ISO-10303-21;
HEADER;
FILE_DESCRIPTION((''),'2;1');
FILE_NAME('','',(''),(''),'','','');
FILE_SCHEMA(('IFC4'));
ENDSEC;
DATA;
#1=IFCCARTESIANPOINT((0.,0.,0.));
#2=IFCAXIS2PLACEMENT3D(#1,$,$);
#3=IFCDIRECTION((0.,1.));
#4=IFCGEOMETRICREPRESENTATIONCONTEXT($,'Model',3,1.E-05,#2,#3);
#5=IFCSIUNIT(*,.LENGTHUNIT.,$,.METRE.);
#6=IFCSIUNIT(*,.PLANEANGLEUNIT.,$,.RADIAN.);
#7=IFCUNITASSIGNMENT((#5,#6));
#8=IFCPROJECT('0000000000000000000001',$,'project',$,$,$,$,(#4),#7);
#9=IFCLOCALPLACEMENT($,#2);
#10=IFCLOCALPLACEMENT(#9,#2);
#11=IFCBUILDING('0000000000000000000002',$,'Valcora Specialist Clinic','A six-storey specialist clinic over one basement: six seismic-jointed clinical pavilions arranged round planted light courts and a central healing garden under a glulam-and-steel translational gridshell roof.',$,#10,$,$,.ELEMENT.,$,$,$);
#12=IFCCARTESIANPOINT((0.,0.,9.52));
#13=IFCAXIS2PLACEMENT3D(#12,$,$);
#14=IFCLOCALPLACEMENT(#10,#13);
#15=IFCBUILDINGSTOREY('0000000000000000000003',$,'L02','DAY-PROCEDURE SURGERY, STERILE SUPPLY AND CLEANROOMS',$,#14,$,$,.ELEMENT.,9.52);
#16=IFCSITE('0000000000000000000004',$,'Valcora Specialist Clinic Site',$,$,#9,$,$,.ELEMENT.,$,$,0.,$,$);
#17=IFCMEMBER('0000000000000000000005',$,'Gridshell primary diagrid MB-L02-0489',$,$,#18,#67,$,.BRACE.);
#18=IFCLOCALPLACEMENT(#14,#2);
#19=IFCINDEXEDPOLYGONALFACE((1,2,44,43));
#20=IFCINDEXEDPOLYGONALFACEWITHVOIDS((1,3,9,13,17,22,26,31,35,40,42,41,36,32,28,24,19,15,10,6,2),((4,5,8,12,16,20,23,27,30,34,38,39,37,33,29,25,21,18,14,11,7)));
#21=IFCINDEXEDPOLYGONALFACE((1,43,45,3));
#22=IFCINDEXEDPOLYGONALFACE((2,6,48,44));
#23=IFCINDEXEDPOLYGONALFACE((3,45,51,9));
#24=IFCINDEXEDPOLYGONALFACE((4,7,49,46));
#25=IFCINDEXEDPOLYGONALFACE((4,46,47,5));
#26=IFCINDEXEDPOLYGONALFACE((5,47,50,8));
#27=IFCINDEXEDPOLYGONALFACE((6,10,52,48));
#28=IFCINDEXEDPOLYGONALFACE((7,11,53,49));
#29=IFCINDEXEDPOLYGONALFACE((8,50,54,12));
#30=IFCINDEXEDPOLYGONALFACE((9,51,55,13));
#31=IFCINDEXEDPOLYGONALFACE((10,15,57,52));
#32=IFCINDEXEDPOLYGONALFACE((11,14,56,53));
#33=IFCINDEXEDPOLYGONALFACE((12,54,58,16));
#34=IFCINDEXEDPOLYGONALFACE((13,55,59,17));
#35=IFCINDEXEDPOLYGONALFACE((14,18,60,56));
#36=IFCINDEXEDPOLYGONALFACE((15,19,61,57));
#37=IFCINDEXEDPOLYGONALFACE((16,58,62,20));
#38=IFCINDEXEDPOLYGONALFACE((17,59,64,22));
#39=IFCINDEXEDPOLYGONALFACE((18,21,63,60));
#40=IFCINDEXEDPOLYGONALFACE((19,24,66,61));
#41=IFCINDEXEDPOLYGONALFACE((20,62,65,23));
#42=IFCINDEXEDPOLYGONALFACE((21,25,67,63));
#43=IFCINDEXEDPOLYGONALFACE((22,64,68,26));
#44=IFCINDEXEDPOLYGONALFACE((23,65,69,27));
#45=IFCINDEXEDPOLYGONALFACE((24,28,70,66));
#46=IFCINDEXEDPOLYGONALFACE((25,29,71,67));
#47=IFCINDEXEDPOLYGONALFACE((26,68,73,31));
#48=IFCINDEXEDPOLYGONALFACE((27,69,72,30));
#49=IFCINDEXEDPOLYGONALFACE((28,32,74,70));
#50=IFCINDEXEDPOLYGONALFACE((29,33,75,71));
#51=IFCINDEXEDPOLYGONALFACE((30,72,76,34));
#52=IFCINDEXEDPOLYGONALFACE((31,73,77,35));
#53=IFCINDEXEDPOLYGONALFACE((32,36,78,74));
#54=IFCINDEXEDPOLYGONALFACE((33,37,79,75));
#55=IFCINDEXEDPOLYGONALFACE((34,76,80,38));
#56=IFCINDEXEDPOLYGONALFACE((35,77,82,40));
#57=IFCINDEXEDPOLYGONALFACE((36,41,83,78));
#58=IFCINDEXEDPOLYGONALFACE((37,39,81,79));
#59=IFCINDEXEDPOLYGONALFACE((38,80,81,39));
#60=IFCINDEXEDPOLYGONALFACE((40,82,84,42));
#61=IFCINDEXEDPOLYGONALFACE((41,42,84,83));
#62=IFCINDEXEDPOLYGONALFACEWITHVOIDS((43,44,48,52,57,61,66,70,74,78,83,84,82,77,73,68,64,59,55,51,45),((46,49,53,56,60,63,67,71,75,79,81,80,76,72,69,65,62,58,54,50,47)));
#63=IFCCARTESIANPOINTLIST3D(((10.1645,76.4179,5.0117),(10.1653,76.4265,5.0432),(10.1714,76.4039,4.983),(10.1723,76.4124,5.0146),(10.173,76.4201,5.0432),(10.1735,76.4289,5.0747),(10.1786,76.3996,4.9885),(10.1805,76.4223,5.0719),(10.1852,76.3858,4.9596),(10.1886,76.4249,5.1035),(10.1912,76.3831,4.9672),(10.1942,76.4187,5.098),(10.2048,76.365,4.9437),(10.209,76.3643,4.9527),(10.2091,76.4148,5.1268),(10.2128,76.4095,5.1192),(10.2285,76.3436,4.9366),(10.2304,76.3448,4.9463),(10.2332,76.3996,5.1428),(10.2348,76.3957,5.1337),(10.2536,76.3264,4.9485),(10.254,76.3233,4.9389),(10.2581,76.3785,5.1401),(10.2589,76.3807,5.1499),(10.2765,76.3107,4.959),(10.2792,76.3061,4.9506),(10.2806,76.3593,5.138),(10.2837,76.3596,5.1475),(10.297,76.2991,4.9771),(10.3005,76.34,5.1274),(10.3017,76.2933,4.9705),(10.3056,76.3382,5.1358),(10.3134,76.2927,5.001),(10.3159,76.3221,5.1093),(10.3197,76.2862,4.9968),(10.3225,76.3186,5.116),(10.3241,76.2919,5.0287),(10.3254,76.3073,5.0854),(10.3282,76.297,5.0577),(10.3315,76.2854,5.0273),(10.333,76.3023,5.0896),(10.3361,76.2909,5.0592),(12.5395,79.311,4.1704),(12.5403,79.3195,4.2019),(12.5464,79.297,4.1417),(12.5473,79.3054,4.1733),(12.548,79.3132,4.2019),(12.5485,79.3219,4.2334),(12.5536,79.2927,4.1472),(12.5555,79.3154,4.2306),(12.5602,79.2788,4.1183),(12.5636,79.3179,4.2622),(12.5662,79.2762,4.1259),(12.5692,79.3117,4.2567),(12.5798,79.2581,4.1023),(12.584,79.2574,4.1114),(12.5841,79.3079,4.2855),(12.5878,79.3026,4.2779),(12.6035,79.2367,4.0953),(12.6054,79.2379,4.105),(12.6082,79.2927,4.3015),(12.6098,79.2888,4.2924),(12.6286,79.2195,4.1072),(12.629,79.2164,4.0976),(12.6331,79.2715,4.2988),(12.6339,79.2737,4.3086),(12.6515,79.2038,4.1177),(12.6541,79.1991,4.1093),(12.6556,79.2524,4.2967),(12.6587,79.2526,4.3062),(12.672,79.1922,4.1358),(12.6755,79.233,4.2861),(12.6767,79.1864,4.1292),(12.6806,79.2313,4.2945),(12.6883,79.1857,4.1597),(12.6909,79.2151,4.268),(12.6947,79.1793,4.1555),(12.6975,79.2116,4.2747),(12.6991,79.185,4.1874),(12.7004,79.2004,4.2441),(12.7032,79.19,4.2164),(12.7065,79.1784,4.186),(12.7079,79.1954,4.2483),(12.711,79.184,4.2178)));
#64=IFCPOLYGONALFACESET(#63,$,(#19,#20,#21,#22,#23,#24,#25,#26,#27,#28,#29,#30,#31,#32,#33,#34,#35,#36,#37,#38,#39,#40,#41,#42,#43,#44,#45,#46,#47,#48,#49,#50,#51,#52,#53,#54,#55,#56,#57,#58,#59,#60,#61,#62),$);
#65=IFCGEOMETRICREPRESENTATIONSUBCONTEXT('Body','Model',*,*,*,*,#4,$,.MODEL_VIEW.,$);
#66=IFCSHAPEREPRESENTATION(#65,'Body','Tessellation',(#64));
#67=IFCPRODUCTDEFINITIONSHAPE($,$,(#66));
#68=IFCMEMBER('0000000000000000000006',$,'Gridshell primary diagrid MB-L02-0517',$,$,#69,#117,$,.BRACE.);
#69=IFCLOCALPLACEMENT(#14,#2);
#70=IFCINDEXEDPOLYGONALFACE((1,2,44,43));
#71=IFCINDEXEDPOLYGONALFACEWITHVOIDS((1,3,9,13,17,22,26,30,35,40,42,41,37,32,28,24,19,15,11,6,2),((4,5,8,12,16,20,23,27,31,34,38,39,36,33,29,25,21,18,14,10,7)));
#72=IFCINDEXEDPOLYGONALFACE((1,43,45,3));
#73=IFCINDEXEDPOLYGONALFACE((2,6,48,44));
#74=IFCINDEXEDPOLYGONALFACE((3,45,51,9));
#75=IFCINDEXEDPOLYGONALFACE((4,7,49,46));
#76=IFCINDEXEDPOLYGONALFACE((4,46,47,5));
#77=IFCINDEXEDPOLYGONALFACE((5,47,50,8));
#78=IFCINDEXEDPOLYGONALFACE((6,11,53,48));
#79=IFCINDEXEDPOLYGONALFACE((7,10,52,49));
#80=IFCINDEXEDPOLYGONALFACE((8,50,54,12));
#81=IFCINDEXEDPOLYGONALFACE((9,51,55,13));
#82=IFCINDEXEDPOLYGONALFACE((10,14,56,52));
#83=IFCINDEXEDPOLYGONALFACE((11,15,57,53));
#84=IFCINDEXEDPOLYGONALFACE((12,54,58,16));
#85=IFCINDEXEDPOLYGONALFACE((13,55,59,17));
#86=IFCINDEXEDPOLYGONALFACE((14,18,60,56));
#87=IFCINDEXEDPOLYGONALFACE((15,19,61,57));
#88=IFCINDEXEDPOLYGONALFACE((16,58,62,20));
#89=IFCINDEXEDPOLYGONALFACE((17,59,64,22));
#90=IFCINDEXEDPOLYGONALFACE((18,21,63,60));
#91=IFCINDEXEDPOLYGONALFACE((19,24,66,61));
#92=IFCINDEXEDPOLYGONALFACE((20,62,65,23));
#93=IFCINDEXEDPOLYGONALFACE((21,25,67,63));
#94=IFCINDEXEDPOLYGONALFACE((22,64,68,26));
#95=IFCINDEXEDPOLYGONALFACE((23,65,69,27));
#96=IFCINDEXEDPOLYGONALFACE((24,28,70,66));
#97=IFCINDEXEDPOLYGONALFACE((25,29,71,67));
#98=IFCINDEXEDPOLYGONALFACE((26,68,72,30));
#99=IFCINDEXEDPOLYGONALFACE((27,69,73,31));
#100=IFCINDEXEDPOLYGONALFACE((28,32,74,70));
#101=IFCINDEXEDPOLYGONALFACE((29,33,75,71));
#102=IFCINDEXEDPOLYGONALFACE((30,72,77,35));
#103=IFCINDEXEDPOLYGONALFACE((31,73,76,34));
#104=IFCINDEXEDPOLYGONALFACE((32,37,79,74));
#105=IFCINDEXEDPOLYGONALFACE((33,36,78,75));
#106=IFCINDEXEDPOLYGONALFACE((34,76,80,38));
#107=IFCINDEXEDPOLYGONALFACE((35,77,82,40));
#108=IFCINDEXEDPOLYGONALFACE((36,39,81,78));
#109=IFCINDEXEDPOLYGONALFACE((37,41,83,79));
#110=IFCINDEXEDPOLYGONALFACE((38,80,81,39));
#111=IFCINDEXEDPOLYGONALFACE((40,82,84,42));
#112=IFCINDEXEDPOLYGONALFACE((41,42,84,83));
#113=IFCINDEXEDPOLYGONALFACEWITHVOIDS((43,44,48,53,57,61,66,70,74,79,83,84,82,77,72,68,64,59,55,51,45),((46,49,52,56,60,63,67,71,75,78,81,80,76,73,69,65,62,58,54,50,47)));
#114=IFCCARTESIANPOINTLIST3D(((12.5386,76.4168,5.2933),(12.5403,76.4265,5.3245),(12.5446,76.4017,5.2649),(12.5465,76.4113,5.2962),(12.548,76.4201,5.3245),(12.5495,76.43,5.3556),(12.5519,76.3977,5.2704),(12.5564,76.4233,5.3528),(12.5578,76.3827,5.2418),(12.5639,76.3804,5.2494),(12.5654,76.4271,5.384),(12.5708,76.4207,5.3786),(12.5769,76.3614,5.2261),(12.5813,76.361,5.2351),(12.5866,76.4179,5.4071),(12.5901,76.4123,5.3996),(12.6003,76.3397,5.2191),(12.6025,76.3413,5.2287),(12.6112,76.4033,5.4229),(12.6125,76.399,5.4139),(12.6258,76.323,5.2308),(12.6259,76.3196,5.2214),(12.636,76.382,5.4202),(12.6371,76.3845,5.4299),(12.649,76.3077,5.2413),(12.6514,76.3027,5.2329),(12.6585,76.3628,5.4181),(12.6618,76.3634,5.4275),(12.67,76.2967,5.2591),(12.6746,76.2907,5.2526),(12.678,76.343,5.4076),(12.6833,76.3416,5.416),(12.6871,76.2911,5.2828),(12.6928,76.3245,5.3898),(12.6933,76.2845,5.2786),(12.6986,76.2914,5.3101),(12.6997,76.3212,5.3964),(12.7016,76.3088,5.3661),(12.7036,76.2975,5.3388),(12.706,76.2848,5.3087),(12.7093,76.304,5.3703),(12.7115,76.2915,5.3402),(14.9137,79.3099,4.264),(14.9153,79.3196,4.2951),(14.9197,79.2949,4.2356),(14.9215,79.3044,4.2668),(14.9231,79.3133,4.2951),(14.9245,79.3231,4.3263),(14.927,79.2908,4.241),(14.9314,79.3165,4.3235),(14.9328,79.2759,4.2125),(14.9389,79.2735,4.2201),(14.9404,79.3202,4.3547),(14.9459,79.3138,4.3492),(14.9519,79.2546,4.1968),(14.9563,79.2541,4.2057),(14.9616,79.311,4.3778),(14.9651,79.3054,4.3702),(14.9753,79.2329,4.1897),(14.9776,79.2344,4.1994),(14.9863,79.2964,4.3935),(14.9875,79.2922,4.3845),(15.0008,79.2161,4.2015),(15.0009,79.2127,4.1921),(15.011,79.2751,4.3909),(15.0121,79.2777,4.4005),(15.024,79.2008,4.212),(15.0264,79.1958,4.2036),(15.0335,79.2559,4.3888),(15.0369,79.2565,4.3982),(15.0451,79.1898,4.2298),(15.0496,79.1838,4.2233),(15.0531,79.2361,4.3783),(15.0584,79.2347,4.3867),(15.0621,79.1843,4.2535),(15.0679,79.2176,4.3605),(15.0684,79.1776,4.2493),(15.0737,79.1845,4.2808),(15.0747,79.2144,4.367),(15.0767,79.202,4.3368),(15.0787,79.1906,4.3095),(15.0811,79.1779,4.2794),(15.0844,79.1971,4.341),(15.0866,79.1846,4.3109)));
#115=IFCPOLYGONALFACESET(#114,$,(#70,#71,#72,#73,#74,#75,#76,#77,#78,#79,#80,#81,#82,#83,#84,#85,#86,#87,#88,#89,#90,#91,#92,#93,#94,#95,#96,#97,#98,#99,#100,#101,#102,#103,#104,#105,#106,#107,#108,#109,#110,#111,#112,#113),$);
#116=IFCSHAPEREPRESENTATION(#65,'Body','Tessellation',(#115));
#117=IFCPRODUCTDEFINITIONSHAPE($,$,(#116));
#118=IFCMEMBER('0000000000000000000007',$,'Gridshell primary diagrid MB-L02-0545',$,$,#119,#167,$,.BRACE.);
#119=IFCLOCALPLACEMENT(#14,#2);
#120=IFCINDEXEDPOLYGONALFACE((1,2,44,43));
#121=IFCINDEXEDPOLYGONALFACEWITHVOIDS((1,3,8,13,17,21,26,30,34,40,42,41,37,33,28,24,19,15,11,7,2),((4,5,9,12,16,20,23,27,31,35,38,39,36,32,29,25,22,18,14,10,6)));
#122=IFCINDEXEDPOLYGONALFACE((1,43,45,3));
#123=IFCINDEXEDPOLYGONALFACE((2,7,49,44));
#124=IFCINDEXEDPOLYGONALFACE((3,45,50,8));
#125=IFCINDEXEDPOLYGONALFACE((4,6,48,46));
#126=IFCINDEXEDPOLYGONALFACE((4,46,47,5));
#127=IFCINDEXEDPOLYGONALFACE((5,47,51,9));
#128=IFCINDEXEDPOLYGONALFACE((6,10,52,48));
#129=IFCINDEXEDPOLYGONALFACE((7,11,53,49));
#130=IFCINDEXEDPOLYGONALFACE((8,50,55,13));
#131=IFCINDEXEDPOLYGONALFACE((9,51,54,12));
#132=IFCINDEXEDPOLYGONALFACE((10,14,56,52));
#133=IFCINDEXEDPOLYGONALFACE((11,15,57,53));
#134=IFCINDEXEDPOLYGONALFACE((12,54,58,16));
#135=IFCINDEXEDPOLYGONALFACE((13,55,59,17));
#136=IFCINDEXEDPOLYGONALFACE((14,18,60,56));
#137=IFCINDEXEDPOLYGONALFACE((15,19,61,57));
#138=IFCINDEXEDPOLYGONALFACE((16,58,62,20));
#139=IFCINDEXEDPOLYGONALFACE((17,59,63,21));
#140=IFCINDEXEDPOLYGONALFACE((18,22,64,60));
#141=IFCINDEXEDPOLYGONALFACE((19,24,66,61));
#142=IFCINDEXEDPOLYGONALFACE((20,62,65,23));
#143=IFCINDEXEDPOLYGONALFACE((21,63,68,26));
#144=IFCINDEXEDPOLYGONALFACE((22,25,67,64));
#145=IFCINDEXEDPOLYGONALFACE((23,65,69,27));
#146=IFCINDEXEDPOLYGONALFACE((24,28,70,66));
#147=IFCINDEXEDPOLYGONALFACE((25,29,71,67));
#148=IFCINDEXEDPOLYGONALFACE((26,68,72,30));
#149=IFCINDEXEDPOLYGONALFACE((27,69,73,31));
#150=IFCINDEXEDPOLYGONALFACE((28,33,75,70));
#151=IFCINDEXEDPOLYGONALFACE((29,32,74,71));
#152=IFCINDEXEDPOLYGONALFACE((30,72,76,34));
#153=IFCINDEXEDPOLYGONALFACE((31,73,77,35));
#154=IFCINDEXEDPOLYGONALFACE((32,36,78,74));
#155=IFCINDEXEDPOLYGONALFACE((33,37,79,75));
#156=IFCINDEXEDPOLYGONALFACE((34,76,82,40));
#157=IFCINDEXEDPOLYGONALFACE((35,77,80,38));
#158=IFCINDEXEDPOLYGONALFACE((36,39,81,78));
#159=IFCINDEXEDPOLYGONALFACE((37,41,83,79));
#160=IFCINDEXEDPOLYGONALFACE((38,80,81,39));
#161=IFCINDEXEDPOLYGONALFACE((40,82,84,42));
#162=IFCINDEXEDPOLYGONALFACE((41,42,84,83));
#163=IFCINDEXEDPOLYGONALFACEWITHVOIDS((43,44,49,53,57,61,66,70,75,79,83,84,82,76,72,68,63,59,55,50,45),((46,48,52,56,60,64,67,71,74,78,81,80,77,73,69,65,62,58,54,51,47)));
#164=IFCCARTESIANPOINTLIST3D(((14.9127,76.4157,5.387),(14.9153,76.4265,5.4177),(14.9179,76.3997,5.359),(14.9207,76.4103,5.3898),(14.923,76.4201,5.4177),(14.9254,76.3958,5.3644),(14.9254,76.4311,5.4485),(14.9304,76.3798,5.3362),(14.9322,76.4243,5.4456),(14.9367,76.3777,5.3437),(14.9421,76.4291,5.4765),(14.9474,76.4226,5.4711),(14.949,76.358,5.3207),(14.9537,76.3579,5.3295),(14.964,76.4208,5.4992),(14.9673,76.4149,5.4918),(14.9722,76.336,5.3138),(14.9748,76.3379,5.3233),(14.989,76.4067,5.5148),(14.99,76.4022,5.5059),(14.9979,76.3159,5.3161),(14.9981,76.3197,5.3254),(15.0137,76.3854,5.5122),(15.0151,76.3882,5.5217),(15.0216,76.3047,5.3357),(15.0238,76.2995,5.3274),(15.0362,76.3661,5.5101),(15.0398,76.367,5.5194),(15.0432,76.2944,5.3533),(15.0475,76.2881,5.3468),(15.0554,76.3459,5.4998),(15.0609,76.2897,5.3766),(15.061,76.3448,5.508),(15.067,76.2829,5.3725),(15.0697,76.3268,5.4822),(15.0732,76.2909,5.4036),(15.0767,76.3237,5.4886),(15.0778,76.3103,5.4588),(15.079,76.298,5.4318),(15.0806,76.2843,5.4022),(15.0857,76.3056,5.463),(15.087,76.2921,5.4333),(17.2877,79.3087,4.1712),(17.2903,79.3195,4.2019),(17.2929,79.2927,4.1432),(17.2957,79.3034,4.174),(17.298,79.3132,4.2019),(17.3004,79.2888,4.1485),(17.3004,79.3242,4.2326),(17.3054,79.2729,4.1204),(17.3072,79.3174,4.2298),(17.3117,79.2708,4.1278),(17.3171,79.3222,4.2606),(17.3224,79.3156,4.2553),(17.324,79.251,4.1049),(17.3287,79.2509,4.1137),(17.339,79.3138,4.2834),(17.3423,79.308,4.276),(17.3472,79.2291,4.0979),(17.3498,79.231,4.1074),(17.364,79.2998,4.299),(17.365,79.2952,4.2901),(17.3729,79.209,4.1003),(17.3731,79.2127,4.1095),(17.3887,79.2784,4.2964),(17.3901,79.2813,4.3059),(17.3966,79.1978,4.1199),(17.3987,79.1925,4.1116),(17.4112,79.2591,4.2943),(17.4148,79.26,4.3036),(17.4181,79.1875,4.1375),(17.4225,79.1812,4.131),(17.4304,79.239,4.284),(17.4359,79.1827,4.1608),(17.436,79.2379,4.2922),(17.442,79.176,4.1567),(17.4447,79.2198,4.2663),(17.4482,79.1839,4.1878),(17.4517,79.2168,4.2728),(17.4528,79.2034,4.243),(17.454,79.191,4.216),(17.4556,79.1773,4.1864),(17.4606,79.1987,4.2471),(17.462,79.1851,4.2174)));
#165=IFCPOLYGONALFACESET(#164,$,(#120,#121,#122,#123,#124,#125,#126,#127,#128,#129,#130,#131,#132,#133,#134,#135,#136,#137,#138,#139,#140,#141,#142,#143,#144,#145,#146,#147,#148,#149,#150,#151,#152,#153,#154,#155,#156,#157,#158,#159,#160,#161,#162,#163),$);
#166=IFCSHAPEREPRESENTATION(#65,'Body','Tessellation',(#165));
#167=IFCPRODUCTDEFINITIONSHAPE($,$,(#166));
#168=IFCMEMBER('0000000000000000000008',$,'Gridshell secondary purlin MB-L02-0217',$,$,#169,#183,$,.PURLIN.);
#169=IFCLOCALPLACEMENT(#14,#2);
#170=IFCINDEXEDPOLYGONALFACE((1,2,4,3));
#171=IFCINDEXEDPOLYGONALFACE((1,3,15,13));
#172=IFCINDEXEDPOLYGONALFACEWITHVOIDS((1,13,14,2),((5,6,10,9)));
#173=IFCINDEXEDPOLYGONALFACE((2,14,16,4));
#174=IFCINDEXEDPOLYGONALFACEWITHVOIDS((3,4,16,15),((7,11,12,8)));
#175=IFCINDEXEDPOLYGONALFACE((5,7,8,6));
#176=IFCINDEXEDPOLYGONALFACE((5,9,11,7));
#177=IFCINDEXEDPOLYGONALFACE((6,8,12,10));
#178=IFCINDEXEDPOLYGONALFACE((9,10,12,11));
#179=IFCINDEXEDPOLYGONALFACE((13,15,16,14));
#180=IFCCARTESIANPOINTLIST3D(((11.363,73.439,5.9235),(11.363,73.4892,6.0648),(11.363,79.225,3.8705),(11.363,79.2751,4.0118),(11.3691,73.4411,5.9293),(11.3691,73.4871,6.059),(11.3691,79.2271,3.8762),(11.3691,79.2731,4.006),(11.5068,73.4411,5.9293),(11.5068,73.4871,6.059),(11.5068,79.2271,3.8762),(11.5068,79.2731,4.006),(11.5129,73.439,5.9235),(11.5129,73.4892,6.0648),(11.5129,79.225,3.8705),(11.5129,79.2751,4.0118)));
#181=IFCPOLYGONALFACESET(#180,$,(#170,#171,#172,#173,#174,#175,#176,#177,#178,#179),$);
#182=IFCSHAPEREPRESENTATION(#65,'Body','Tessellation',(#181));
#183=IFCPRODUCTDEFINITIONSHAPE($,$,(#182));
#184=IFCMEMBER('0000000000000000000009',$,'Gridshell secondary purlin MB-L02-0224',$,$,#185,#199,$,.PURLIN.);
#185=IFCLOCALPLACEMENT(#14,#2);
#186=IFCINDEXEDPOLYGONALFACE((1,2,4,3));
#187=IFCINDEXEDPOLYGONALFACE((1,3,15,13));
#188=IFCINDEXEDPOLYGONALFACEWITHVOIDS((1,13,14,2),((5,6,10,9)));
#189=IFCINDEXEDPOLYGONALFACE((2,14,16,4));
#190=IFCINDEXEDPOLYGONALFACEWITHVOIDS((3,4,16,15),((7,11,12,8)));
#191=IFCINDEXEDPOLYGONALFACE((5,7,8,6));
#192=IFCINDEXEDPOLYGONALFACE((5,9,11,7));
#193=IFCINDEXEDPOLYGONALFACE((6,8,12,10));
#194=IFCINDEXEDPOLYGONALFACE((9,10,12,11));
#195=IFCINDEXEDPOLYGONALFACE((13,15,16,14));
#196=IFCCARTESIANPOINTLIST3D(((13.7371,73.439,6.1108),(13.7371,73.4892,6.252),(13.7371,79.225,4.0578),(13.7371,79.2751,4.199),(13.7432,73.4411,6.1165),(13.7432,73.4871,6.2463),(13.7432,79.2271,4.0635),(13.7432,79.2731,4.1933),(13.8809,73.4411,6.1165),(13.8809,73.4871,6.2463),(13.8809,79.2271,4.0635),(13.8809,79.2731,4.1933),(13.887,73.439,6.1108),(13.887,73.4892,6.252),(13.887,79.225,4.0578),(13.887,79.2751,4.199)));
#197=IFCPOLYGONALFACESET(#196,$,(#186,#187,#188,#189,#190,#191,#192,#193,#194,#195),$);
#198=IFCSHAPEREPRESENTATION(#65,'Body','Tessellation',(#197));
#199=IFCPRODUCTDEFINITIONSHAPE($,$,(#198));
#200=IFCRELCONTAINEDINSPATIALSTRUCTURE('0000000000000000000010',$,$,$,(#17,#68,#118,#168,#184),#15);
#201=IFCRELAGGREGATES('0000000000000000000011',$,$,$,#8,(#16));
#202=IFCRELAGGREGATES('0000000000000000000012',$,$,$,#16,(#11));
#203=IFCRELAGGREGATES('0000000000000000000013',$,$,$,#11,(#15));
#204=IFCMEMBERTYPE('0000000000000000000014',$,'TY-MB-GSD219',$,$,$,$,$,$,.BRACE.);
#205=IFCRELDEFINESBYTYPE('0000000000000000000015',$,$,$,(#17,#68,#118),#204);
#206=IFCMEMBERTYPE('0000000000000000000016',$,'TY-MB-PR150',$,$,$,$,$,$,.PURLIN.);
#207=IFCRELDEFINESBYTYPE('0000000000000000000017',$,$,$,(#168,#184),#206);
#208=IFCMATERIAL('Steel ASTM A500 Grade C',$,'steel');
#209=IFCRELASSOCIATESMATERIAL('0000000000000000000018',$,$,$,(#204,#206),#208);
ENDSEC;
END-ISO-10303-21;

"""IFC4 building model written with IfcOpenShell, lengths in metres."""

from ifc_helpers import new_model, si_unit, direction, frame, origin, origin_2d, place, context, subcontext, project, spatial, hollow_rectangle, hollow_circle, extrude, material, material_profile, profile_set, type_object, element, save


model = new_model("IFC4")

# Units and contexts
model_context = context("Model", 3, precision=1e-05, world=origin(), true_north=direction((0.0, 1.0)))
body_context = subcontext(model_context, "Body", "Model", "MODEL_VIEW")
ifc_project = project(units=[si_unit("LENGTHUNIT", "METRE"), si_unit("PLANEANGLEUNIT", "RADIAN")], contexts=[model_context])

# Site, building, storey
site_placement = place(None, origin())
site = spatial("IfcSite", under=ifc_project, at=site_placement, Name="Valcora Specialist Clinic Site", CompositionType="ELEMENT", RefElevation=0.0)
building_placement = place(site_placement, origin())
building = spatial("IfcBuilding", under=site, at=building_placement, Name="Valcora Specialist Clinic", Description="A six-storey specialist clinic over one basement: six seismic-jointed clinical pavilions arranged round planted light courts and a central healing garden under a glulam-and-steel translational gridshell roof.", CompositionType="ELEMENT")
storey_placement = place(building_placement, frame((0.0, 0.0, 9.52)))
storey = spatial("IfcBuildingStorey", under=building, at=storey_placement, Name="L02", Description="DAY-PROCEDURE SURGERY, STERILE SUPPLY AND CLEANROOMS", CompositionType="ELEMENT", Elevation=9.52)

# Members
ifc_material_1 = material(Name="Steel ASTM A500 Grade C", Category="steel")
ifc_material_profile_1 = material_profile(ifc_material_1, hollow_circle(Radius=0.1096, WallThickness=0.01, at=origin_2d()), Name="ST-CHS-219X10")
ifc_profile_set_1 = profile_set([ifc_material_profile_1], Name="Steel ASTM A500 Grade C")
member_type_1 = type_object("IfcMemberType", Name="TY-MB-GSD219", PredefinedType="BRACE", material=ifc_profile_set_1)
member_1_placement = place(storey_placement, frame((10.25, 76.3569, 5.0432), z_axis=(0.619064, 0.754102, -0.219294), x_axis=(-0.772916, 0.634508, 0.0)))
element("IfcMember", 1, at=member_1_placement, inside=storey, type_object=member_type_1, Name="Gridshell primary diagrid MB-L02-0489", PredefinedType="BRACE", context=body_context, shape_type="SweptSolid", body=[
    extrude(hollow_circle(Radius=0.1096, WallThickness=0.01, at=origin_2d()), origin(), (0.0, 0.0, 1.0), 3.8364),
])
member_2_placement = place(storey_placement, frame((12.625, 76.3569, 5.3245), z_axis=(0.611798, 0.745252, -0.265146), x_axis=(-0.772916, 0.634508, 0.0)))
element("IfcMember", 2, at=member_2_placement, inside=storey, type_object=member_type_1, Name="Gridshell primary diagrid MB-L02-0517", PredefinedType="BRACE", context=body_context, shape_type="SweptSolid", body=[
    extrude(hollow_circle(Radius=0.1096, WallThickness=0.01, at=origin_2d()), origin(), (0.0, 0.0, 1.0), 3.8821),
])
member_3_placement = place(storey_placement, frame((15.0, 76.3569, 5.4177), z_axis=(0.603471, 0.735108, -0.308932), x_axis=(-0.772916, 0.634508, 0.0)))
element("IfcMember", 3, at=member_3_placement, inside=storey, type_object=member_type_1, Name="Gridshell primary diagrid MB-L02-0545", PredefinedType="BRACE", context=body_context, shape_type="SweptSolid", body=[
    extrude(hollow_circle(Radius=0.1096, WallThickness=0.01, at=origin_2d()), origin(), (0.0, 0.0, 1.0), 3.9355),
])
ifc_material_profile_2 = material_profile(ifc_material_1, hollow_rectangle(XDim=0.1499, YDim=0.1499, WallThickness=0.0061, at=origin_2d()), Name="ST-RHS-150X150X6")
ifc_profile_set_2 = profile_set([ifc_material_profile_2], Name="Steel ASTM A500 Grade C")
member_type_2 = type_object("IfcMemberType", Name="TY-MB-PR150", PredefinedType="PURLIN", material=ifc_profile_set_2)
for number, where, z_axis, x_axis, name in (
    (4, (11.438, 73.4641, 5.9941), (0.0, 0.942432, -0.334398), (-1.0, 0.0, 0.0), "Gridshell secondary purlin MB-L02-0217"),
    (5, (13.812, 73.4641, 6.1814), (0.0, 0.942432, -0.334398), (-1.0, 0.0, 0.0), "Gridshell secondary purlin MB-L02-0224"),
):
    element("IfcMember", number, at=place(storey_placement, frame(where, z_axis=z_axis, x_axis=x_axis)), inside=storey, type_object=member_type_2, Name=name, PredefinedType="PURLIN", context=body_context, shape_type="SweptSolid", body=[
        extrude(hollow_rectangle(XDim=0.1499, YDim=0.1499, WallThickness=0.0061, at=origin_2d()), origin(), (0.0, 0.0, 1.0), 6.1394),
    ])

save(model, "model.ifc")
